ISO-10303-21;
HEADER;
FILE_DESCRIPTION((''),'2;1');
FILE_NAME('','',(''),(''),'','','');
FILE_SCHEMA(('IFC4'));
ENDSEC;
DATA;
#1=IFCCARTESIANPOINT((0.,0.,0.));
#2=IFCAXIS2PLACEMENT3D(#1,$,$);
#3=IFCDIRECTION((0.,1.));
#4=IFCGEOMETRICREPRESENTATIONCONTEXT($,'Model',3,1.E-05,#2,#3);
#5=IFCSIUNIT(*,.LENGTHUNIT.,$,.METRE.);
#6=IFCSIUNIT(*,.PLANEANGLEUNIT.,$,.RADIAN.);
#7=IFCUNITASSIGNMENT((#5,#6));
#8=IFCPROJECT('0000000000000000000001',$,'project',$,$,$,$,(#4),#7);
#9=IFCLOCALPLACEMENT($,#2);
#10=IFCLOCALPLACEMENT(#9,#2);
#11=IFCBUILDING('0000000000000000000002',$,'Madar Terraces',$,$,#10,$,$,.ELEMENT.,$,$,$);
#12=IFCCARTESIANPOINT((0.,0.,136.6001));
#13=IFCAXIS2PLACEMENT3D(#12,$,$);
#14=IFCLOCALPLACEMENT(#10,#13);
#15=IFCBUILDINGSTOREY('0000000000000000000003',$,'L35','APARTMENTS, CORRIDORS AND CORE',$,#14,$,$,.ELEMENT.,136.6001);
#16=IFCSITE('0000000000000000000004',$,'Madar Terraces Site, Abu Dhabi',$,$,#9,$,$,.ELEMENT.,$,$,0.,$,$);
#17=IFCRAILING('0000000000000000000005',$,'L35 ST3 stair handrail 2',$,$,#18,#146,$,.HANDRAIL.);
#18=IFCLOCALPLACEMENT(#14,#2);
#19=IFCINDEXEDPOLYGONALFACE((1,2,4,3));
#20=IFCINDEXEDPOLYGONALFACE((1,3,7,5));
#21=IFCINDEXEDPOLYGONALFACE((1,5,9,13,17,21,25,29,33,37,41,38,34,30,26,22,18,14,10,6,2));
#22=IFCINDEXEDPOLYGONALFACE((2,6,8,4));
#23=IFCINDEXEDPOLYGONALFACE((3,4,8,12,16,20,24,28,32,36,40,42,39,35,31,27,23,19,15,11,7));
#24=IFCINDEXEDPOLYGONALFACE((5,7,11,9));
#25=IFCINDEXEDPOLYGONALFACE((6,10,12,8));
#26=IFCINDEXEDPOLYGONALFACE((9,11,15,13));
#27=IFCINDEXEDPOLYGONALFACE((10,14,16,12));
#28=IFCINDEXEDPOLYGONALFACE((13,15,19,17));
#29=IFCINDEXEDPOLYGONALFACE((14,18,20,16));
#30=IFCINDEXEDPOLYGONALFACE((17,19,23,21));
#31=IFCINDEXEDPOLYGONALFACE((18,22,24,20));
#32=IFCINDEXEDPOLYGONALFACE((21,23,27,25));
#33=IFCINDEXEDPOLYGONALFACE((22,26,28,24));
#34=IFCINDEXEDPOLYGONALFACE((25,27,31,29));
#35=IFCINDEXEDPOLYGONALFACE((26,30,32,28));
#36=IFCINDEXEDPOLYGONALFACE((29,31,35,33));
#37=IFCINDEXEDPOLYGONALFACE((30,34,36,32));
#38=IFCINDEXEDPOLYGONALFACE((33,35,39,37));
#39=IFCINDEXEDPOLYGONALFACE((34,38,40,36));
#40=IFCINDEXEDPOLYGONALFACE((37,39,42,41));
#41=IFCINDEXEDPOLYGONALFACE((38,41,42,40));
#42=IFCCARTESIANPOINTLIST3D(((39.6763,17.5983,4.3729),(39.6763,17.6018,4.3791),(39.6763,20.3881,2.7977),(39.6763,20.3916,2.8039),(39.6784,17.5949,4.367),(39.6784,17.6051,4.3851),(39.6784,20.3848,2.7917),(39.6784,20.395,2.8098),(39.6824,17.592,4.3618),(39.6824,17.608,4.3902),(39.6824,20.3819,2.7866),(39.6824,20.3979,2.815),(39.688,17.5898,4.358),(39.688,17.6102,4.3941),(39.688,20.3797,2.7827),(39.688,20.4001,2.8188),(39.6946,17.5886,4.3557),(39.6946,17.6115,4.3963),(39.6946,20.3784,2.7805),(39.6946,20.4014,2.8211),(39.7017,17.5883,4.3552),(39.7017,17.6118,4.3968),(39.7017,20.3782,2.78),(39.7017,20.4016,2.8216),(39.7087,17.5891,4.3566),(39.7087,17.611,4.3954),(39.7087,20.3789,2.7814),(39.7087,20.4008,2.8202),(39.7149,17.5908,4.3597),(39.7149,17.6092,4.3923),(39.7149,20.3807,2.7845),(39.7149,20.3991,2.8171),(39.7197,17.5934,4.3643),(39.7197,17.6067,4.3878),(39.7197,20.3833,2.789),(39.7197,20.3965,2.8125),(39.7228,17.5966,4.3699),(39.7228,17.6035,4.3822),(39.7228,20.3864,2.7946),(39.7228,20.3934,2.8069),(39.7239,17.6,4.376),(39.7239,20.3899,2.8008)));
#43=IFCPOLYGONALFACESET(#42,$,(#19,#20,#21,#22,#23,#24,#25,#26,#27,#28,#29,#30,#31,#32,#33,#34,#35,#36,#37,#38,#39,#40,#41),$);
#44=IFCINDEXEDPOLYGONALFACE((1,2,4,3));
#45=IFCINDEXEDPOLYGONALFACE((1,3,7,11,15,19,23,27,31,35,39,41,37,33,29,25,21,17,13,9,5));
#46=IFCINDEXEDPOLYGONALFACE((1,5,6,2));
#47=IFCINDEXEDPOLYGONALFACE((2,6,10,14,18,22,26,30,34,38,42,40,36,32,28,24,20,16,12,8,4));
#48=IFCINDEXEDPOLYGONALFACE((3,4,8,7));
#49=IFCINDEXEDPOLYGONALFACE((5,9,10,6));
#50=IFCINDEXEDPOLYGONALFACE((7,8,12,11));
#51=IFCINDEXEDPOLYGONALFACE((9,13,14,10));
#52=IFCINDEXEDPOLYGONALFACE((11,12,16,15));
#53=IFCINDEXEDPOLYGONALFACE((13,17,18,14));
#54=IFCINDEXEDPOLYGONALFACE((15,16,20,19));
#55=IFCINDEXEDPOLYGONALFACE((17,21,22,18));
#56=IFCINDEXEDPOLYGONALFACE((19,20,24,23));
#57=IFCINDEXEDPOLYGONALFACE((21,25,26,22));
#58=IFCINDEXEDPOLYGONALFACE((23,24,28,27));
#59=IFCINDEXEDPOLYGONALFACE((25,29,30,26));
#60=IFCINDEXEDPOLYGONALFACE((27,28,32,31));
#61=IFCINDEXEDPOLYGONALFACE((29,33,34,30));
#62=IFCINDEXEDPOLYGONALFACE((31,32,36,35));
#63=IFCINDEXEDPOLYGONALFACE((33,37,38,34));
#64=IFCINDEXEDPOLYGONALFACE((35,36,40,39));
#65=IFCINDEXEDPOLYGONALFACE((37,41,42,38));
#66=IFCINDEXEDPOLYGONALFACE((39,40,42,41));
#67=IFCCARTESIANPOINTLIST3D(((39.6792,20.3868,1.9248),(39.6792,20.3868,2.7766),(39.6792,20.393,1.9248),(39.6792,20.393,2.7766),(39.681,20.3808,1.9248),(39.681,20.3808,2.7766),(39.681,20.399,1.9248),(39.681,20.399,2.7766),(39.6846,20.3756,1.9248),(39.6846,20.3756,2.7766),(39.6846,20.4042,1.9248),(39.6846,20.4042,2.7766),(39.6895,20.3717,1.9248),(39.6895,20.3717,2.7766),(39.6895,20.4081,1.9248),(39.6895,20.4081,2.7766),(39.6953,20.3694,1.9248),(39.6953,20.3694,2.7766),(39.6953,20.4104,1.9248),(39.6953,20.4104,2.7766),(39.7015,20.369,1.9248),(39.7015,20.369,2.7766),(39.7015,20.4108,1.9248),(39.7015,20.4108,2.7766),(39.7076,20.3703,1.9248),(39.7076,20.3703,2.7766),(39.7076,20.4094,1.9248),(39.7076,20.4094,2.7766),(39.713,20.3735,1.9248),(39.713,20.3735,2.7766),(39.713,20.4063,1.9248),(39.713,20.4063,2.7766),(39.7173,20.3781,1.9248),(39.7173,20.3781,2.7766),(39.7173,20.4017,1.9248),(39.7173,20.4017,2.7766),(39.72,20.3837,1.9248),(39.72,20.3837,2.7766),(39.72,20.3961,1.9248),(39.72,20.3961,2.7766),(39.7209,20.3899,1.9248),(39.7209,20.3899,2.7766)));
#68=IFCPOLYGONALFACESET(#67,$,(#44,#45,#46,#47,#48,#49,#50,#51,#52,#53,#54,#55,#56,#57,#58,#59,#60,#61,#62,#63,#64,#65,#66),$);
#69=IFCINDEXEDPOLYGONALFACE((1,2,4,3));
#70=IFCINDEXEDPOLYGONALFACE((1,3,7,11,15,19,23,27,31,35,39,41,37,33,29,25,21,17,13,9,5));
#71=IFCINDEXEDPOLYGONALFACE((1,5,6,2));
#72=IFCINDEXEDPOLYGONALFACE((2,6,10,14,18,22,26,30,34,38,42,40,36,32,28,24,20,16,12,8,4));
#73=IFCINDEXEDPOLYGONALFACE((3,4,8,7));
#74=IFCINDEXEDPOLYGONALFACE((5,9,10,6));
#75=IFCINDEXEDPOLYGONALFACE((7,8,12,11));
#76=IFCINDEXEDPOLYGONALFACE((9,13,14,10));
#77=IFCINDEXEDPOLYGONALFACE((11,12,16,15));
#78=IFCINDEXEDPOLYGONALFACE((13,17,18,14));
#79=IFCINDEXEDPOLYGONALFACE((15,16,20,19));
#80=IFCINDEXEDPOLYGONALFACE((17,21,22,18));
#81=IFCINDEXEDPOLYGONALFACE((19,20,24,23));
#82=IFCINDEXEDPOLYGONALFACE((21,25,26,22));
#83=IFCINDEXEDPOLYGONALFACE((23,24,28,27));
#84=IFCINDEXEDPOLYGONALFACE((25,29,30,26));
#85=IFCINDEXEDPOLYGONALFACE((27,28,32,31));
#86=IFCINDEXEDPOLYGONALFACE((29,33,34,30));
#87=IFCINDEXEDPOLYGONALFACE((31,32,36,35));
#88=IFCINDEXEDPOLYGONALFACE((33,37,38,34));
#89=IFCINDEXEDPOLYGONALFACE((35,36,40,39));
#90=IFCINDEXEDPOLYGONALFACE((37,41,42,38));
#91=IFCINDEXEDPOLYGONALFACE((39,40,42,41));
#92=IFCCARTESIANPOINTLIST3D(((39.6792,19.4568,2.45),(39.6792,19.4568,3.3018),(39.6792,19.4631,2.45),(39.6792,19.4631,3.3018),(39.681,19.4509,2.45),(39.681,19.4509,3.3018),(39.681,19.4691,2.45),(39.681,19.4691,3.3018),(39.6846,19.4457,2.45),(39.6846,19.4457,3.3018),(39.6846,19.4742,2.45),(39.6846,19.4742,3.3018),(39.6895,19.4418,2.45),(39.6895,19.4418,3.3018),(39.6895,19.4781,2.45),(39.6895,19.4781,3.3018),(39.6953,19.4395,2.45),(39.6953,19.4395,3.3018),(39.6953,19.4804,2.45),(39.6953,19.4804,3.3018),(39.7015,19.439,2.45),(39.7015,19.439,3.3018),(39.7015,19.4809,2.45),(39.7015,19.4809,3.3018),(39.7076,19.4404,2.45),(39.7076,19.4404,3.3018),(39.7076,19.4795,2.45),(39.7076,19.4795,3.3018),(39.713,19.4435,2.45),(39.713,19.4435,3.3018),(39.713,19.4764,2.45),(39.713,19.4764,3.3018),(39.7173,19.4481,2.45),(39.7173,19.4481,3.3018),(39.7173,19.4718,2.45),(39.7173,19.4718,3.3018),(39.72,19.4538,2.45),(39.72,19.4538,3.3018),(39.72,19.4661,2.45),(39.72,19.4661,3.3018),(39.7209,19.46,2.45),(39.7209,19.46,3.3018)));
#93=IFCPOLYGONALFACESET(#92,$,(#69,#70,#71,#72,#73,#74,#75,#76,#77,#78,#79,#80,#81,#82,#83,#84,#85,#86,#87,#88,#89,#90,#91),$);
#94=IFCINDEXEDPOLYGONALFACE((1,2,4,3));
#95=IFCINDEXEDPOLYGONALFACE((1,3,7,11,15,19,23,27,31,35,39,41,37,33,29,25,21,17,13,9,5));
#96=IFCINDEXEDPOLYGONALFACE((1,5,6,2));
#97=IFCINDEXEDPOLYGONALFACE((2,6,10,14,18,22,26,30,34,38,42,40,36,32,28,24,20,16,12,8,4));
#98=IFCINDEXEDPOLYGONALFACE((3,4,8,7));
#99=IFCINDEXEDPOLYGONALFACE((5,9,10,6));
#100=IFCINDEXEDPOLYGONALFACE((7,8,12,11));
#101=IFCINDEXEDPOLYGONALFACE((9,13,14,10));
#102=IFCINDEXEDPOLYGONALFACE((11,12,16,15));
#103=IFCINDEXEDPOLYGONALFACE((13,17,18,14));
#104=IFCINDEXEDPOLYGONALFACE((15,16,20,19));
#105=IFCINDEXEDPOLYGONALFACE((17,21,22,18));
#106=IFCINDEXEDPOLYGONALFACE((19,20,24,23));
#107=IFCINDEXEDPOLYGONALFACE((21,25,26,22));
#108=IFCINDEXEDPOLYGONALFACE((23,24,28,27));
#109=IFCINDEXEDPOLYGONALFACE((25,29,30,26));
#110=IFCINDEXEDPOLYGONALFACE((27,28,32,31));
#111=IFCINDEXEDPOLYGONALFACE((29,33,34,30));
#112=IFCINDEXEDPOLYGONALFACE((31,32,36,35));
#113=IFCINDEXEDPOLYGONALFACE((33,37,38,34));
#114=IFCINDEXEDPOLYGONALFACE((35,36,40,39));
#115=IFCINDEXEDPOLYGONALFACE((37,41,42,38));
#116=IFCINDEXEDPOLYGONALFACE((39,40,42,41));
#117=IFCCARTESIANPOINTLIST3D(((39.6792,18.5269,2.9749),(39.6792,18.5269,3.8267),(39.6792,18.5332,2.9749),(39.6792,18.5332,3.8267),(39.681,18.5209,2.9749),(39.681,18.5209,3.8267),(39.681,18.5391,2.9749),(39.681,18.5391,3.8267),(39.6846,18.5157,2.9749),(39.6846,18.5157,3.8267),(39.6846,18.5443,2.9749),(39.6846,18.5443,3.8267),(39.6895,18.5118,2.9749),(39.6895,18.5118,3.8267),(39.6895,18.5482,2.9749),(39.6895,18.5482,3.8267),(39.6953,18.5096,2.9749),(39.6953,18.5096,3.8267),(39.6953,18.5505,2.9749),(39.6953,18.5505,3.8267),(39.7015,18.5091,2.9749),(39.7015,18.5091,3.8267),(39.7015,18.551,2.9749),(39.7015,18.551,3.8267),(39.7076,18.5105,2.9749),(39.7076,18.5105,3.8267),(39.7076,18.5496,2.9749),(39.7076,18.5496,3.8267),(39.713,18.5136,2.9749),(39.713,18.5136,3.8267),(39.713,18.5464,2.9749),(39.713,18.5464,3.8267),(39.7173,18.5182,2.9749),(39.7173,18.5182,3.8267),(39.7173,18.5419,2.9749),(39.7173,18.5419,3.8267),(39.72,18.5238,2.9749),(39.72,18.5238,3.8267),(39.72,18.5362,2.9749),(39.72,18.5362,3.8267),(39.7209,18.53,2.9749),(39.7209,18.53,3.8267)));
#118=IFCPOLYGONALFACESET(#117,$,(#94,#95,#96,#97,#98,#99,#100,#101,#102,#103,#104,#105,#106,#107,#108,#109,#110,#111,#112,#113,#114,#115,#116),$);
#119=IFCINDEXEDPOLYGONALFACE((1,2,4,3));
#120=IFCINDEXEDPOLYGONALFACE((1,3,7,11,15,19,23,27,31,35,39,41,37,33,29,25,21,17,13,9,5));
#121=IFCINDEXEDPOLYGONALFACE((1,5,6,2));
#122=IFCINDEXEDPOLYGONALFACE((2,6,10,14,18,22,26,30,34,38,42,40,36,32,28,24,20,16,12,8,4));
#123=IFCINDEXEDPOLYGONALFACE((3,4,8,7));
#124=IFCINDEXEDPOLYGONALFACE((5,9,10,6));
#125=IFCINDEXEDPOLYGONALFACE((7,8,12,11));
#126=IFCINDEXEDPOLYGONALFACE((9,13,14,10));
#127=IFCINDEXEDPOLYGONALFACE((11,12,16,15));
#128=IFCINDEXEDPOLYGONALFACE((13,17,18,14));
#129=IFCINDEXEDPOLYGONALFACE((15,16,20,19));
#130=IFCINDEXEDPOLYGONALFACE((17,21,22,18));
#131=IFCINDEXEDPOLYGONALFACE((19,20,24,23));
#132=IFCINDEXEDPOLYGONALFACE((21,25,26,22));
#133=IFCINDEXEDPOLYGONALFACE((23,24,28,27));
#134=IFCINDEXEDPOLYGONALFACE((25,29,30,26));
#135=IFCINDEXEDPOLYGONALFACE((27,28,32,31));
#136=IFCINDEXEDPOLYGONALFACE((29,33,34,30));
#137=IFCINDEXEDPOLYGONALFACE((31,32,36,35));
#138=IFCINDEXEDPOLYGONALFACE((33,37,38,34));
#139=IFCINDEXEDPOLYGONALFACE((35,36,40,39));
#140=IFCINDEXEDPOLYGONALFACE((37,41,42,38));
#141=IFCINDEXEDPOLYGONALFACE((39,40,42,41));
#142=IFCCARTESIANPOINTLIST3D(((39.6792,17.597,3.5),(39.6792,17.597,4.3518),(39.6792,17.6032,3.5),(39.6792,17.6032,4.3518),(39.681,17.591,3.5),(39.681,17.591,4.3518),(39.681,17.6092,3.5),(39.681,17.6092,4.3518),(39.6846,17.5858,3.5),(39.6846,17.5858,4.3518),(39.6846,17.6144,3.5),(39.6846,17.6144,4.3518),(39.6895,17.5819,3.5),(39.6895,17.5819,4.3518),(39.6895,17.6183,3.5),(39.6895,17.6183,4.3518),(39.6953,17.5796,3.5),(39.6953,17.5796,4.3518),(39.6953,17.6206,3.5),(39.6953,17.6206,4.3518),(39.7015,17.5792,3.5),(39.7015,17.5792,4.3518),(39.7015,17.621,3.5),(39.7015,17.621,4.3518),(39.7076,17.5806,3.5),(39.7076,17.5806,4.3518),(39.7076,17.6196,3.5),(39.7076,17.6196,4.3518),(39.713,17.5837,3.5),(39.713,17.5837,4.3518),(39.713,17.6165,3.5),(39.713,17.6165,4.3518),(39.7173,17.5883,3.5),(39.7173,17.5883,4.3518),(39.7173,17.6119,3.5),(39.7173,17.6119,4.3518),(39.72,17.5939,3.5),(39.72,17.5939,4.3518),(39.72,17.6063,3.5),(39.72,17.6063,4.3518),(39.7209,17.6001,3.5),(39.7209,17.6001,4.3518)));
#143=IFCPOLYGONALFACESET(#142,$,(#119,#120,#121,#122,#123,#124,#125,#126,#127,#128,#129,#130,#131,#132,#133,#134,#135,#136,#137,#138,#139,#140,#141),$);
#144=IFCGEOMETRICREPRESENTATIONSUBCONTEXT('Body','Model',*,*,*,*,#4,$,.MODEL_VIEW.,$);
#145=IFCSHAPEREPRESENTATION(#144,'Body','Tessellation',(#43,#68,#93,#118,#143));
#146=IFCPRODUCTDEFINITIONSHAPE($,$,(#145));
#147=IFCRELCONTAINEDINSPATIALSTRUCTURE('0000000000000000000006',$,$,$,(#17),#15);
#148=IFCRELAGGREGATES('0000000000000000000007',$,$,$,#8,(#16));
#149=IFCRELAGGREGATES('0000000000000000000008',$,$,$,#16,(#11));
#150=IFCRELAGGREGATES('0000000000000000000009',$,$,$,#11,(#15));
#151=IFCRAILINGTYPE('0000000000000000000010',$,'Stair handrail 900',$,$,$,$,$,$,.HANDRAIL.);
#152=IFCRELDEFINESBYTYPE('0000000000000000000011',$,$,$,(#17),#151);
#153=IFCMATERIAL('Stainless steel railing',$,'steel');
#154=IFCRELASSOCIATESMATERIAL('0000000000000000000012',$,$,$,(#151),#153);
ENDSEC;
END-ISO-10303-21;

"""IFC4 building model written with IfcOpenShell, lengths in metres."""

from ifc_helpers import new_model, si_unit, direction, frame, origin, origin_2d, place, context, subcontext, project, spatial, circle, extrude, material, type_object, element, save


model = new_model("IFC4")

# Units and contexts
model_context = context("Model", 3, precision=1e-05, world=origin(), true_north=direction((0.0, 1.0)))
body_context = subcontext(model_context, "Body", "Model", "MODEL_VIEW")
ifc_project = project(units=[si_unit("LENGTHUNIT", "METRE"), si_unit("PLANEANGLEUNIT", "RADIAN")], contexts=[model_context])

# Site, building, storey
site_placement = place(None, origin())
site = spatial("IfcSite", under=ifc_project, at=site_placement, Name="Madar Terraces Site, Abu Dhabi", CompositionType="ELEMENT", RefElevation=0.0)
building_placement = place(site_placement, origin())
building = spatial("IfcBuilding", under=site, at=building_placement, Name="Madar Terraces", CompositionType="ELEMENT")
storey_placement = place(building_placement, frame((0.0, 0.0, 136.6001)))
storey = spatial("IfcBuildingStorey", under=building, at=storey_placement, Name="L35", Description="APARTMENTS, CORRIDORS AND CORE", CompositionType="ELEMENT", Elevation=136.6001)

# Railing
ifc_material_1 = material(Name="Stainless steel railing", Category="steel")
railing_type_1 = type_object("IfcRailingType", Name="Stair handrail 900", PredefinedType="HANDRAIL", material=ifc_material_1)
railing_1_placement = place(storey_placement, frame((39.7, 20.3899, 1.9248)))
element("IfcRailing", 1, at=railing_1_placement, inside=storey, type_object=railing_type_1, Name="L35 ST3 stair handrail 2", PredefinedType="HANDRAIL", context=body_context, shape_type="SweptSolid", body=[
    extrude(circle(Radius=0.0239, at=origin_2d()), frame((0.0, 0.0, 0.876), z_axis=(0.0, -0.870783, 0.491668), x_axis=(1.0, 0.0, 0.0)), (0.0, 0.0, 1.0), 3.2039),
    extrude(circle(Radius=0.021, at=origin_2d()), origin(), (0.0, 0.0, 1.0), 0.8518),
    extrude(circle(Radius=0.021, at=origin_2d()), frame((0.0, -0.9299, 0.5251)), (0.0, 0.0, 1.0), 0.8518),
    extrude(circle(Radius=0.021, at=origin_2d()), frame((0.0, -1.8599, 1.05)), (0.0, 0.0, 1.0), 0.8518),
    extrude(circle(Radius=0.021, at=origin_2d()), frame((0.0, -2.7898, 1.5752)), (0.0, 0.0, 1.0), 0.8518),
])

save(model, "model.ifc")
